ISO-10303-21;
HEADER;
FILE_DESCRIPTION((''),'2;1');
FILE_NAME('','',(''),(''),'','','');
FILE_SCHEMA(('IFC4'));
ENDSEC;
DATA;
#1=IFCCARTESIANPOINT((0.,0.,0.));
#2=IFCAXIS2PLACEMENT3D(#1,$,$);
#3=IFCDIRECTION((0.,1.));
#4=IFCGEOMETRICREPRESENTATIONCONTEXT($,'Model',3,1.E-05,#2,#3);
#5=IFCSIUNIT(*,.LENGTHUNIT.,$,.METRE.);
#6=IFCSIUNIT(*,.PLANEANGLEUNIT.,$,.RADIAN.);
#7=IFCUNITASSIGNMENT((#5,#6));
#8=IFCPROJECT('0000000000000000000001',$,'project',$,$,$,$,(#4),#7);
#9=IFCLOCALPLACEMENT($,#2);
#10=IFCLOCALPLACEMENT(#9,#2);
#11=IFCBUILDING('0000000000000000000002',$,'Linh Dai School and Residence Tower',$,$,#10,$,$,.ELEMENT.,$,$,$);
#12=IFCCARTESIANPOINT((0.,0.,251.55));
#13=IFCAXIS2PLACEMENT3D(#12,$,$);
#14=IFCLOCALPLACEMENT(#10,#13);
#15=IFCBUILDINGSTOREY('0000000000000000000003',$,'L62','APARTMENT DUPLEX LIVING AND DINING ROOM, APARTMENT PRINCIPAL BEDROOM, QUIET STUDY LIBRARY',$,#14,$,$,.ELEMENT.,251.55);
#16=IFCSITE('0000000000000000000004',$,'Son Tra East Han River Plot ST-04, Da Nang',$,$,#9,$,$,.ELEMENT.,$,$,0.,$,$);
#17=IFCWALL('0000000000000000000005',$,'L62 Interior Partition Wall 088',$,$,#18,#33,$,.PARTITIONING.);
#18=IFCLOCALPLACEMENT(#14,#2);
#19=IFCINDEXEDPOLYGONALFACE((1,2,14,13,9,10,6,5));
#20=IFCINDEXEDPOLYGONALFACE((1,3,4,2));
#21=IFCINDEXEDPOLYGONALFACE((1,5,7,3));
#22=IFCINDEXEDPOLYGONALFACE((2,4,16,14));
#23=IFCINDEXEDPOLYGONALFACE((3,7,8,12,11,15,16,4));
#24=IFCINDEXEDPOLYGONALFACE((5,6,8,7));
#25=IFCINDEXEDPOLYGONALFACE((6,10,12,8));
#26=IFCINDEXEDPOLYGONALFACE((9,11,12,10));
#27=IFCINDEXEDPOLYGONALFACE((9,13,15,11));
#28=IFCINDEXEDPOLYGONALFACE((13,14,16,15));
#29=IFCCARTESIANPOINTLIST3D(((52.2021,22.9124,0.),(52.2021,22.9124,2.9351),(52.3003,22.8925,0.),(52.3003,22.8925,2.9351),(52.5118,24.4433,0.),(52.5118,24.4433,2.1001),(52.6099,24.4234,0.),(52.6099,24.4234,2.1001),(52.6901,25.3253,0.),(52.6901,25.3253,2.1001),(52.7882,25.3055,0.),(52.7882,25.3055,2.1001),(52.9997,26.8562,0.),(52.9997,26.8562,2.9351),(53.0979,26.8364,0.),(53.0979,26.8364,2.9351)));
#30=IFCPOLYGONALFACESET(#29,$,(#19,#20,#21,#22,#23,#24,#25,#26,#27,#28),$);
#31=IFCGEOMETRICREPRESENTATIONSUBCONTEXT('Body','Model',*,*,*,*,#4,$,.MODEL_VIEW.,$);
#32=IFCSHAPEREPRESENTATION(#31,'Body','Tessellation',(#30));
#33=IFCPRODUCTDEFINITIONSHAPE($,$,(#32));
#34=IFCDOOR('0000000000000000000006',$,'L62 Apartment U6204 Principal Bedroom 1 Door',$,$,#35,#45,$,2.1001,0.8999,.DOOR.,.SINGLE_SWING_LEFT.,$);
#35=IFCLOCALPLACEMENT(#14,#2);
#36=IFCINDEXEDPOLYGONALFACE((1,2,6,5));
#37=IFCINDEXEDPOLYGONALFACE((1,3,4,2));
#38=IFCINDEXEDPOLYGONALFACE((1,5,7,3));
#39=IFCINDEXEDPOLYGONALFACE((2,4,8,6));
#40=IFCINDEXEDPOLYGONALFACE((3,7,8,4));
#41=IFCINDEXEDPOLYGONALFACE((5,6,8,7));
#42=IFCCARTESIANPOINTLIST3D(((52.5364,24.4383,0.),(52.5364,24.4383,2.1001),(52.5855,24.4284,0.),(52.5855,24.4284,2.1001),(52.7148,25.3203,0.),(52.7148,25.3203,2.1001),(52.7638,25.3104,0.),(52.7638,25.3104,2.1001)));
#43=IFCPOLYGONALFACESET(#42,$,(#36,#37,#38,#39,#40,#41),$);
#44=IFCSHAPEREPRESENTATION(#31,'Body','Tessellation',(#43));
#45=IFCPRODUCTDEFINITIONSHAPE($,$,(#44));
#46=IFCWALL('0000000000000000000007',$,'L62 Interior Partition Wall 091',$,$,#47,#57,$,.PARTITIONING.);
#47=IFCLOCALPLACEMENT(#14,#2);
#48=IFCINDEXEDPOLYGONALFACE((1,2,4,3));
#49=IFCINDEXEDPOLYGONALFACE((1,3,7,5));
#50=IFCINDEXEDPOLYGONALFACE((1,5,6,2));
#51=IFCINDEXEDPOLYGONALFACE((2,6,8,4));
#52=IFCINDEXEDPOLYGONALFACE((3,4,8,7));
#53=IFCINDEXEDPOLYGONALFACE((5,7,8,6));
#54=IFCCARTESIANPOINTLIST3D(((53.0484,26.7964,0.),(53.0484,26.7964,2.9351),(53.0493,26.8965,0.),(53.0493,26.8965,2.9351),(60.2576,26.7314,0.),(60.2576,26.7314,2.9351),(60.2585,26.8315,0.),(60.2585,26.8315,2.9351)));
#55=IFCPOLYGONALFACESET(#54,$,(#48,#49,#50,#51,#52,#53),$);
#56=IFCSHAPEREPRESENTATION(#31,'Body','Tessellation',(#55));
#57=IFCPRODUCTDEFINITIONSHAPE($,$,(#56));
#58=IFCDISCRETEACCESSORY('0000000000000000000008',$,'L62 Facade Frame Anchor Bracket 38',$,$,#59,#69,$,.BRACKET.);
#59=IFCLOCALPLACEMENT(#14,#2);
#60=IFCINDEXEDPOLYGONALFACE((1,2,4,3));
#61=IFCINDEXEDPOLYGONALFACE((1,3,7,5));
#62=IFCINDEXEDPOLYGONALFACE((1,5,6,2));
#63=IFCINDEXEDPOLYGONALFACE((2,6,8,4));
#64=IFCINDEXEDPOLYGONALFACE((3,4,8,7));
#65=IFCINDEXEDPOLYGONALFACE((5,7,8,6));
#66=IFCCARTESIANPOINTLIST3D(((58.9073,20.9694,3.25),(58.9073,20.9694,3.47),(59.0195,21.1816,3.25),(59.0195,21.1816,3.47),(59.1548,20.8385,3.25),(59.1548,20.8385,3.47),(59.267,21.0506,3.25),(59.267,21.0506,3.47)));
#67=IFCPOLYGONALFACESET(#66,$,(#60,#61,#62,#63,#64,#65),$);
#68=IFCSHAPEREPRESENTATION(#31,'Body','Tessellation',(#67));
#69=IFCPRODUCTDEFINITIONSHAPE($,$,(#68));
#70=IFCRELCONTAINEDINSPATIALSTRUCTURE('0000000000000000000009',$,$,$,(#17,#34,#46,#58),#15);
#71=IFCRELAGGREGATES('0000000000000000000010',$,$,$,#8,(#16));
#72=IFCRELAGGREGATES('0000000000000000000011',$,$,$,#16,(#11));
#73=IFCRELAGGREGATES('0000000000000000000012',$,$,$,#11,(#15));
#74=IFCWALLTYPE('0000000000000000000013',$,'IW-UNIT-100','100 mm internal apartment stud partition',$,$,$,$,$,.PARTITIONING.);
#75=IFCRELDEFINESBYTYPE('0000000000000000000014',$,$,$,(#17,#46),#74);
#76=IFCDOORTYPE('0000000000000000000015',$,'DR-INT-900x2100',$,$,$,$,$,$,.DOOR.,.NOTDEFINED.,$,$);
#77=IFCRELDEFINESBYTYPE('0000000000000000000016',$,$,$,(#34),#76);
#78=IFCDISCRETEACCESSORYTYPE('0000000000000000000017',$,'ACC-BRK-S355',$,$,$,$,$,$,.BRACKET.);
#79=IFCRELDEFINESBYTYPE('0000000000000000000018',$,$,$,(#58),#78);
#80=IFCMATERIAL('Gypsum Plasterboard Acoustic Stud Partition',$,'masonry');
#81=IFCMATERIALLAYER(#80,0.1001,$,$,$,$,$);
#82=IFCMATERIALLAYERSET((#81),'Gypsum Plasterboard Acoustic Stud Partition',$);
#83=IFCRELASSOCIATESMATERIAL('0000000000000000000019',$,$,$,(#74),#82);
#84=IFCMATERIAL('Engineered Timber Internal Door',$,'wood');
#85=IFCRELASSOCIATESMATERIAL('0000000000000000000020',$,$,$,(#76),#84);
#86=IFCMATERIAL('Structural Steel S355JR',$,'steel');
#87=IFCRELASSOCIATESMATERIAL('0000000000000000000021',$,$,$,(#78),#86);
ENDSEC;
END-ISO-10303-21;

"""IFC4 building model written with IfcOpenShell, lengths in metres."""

from ifc_helpers import new_model, si_unit, direction, frame, frame_2d, origin, origin_2d, place, context, subcontext, project, spatial, rectangle, extrude, source, transform, mapped, material, layer, layer_set, type_object, element, fill, save


model = new_model("IFC4")

# Units and contexts
model_context = context("Model", 3, precision=1e-05, world=origin(), true_north=direction((0.0, 1.0)))
body_context = subcontext(model_context, "Body", "Model", "MODEL_VIEW")
ifc_project = project(units=[si_unit("LENGTHUNIT", "METRE"), si_unit("PLANEANGLEUNIT", "RADIAN")], contexts=[model_context])

# Site, building, storey
site_placement = place(None, origin())
site = spatial("IfcSite", under=ifc_project, at=site_placement, Name="Son Tra East Han River Plot ST-04, Da Nang", CompositionType="ELEMENT", RefElevation=0.0)
building_placement = place(site_placement, origin())
building = spatial("IfcBuilding", under=site, at=building_placement, Name="Linh Dai School and Residence Tower", CompositionType="ELEMENT")
storey_placement = place(building_placement, frame((0.0, 0.0, 251.55)))
storey = spatial("IfcBuildingStorey", under=building, at=storey_placement, Name="L62", Description="APARTMENT DUPLEX LIVING AND DINING ROOM, APARTMENT PRINCIPAL BEDROOM, QUIET STUDY LIBRARY", CompositionType="ELEMENT", Elevation=251.55)

# Shared definitions
ifc_material_1 = material(Name="Structural Steel S355JR", Category="steel")

# Wall, opening, door
ifc_material_2 = material(Name="Gypsum Plasterboard Acoustic Stud Partition", Category="masonry")
ifc_layer_1 = layer(ifc_material_2, 0.1001)
ifc_layer_set_1 = layer_set([ifc_layer_1], Name="Gypsum Plasterboard Acoustic Stud Partition")
wall_type_1 = type_object("IfcWallType", Name="IW-UNIT-100", Description="100 mm internal apartment stud partition", PredefinedType="PARTITIONING", material=ifc_layer_set_1)
ifc_material_3 = material(Name="Engineered Timber Internal Door", Category="wood")
door_type_1 = type_object("IfcDoorType", Name="DR-INT-900x2100", OperationType="NOTDEFINED", PredefinedType="DOOR", material=ifc_material_3)
shared_shape_1 = source(origin(), body_context, "Body", "SweptSolid", [
    extrude(rectangle(XDim=0.8999, YDim=2.1001, at=origin_2d()), frame((0.45, 0.0249, 1.05), z_axis=(0.0, -1.0, 0.0), x_axis=(1.0, 0.0, 0.0)), (0.0, 0.0, 1.0), 0.05),
])
wall_1_placement = place(storey_placement, frame((52.2512, 22.9026, 0.0), z_axis=(0.0, 0.0, 1.0), x_axis=(0.198228, 0.980156, 0.0)))
wall_1 = element("IfcWall", 1, at=wall_1_placement, inside=storey, type_object=wall_type_1, Name="L62 Interior Partition Wall 088", PredefinedType="PARTITIONING", context=body_context, shape_type="SweptSolid", body=[
    extrude(rectangle(XDim=4.0237, YDim=0.1001, at=frame_2d((2.0117, 0.0))), origin(), (0.0, 0.0, 1.0), 2.9351),
])
opening_1_placement = place(wall_1_placement, frame((1.5618, 0.0, 0.0)))
opening_1 = element("IfcOpeningElement", 2, at=opening_1_placement, cuts=wall_1, PredefinedType="OPENING", context=body_context, shape_type="SweptSolid", body=[
    extrude(rectangle(XDim=0.8999, YDim=2.1001, at=origin_2d()), frame((0.45, 0.0601, 1.05), z_axis=(0.0, -1.0, 0.0), x_axis=(1.0, 0.0, 0.0)), (0.0, 0.0, 1.0), 0.1201),
])
door_1_placement = place(opening_1_placement, origin())
door_1 = element("IfcDoor", 3, at=door_1_placement, inside=storey, type_object=door_type_1, Name="L62 Apartment U6204 Principal Bedroom 1 Door", OperationType="SINGLE_SWING_LEFT", OverallHeight=2.1001, OverallWidth=0.8999, PredefinedType="DOOR", context=body_context, shape_type="MappedRepresentation", body=[
    mapped(shared_shape_1, transform((0.0, 0.0, 0.0), x_axis=(1.0, 0.0, 0.0), y_axis=(0.0, 1.0, 0.0), z_axis=(0.0, 0.0, 1.0), scale=1.0)),
])
fill(opening_1, door_1)

# Wall
wall_2_placement = place(storey_placement, frame((53.0488, 26.8464, 0.0), z_axis=(0.0, 0.0, 1.0), x_axis=(0.999959, -0.009008, 0.0)))
element("IfcWall", 4, at=wall_2_placement, inside=storey, type_object=wall_type_1, Name="L62 Interior Partition Wall 091", PredefinedType="PARTITIONING", context=body_context, shape_type="SweptSolid", body=[
    extrude(rectangle(XDim=7.2095, YDim=0.1001, at=frame_2d((3.6047, 0.0))), origin(), (0.0, 0.0, 1.0), 2.9351),
])

# Discrete accessory
discrete_accessory_type = type_object("IfcDiscreteAccessoryType", Name="ACC-BRK-S355", PredefinedType="BRACKET", material=ifc_material_1)
shared_shape_2 = source(origin(), body_context, "Body", "SweptSolid", [
    extrude(rectangle(XDim=0.28, YDim=0.24, at=origin_2d()), origin(), (0.0, 0.0, 1.0), 0.22),
])
discrete_accessory_placement = place(storey_placement, frame((59.0872, 21.01, 3.25), z_axis=(0.0, 0.0, 1.0), x_axis=(0.883929, -0.467621, 0.0)))
element("IfcDiscreteAccessory", 5, at=discrete_accessory_placement, inside=storey, type_object=discrete_accessory_type, Name="L62 Facade Frame Anchor Bracket 38", PredefinedType="BRACKET", context=body_context, shape_type="MappedRepresentation", body=[
    mapped(shared_shape_2, transform((0.0, 0.0, 0.0), x_axis=(1.0, 0.0, 0.0), y_axis=(0.0, 1.0, 0.0), z_axis=(0.0, 0.0, 1.0), scale=1.0)),
])

save(model, "model.ifc")
